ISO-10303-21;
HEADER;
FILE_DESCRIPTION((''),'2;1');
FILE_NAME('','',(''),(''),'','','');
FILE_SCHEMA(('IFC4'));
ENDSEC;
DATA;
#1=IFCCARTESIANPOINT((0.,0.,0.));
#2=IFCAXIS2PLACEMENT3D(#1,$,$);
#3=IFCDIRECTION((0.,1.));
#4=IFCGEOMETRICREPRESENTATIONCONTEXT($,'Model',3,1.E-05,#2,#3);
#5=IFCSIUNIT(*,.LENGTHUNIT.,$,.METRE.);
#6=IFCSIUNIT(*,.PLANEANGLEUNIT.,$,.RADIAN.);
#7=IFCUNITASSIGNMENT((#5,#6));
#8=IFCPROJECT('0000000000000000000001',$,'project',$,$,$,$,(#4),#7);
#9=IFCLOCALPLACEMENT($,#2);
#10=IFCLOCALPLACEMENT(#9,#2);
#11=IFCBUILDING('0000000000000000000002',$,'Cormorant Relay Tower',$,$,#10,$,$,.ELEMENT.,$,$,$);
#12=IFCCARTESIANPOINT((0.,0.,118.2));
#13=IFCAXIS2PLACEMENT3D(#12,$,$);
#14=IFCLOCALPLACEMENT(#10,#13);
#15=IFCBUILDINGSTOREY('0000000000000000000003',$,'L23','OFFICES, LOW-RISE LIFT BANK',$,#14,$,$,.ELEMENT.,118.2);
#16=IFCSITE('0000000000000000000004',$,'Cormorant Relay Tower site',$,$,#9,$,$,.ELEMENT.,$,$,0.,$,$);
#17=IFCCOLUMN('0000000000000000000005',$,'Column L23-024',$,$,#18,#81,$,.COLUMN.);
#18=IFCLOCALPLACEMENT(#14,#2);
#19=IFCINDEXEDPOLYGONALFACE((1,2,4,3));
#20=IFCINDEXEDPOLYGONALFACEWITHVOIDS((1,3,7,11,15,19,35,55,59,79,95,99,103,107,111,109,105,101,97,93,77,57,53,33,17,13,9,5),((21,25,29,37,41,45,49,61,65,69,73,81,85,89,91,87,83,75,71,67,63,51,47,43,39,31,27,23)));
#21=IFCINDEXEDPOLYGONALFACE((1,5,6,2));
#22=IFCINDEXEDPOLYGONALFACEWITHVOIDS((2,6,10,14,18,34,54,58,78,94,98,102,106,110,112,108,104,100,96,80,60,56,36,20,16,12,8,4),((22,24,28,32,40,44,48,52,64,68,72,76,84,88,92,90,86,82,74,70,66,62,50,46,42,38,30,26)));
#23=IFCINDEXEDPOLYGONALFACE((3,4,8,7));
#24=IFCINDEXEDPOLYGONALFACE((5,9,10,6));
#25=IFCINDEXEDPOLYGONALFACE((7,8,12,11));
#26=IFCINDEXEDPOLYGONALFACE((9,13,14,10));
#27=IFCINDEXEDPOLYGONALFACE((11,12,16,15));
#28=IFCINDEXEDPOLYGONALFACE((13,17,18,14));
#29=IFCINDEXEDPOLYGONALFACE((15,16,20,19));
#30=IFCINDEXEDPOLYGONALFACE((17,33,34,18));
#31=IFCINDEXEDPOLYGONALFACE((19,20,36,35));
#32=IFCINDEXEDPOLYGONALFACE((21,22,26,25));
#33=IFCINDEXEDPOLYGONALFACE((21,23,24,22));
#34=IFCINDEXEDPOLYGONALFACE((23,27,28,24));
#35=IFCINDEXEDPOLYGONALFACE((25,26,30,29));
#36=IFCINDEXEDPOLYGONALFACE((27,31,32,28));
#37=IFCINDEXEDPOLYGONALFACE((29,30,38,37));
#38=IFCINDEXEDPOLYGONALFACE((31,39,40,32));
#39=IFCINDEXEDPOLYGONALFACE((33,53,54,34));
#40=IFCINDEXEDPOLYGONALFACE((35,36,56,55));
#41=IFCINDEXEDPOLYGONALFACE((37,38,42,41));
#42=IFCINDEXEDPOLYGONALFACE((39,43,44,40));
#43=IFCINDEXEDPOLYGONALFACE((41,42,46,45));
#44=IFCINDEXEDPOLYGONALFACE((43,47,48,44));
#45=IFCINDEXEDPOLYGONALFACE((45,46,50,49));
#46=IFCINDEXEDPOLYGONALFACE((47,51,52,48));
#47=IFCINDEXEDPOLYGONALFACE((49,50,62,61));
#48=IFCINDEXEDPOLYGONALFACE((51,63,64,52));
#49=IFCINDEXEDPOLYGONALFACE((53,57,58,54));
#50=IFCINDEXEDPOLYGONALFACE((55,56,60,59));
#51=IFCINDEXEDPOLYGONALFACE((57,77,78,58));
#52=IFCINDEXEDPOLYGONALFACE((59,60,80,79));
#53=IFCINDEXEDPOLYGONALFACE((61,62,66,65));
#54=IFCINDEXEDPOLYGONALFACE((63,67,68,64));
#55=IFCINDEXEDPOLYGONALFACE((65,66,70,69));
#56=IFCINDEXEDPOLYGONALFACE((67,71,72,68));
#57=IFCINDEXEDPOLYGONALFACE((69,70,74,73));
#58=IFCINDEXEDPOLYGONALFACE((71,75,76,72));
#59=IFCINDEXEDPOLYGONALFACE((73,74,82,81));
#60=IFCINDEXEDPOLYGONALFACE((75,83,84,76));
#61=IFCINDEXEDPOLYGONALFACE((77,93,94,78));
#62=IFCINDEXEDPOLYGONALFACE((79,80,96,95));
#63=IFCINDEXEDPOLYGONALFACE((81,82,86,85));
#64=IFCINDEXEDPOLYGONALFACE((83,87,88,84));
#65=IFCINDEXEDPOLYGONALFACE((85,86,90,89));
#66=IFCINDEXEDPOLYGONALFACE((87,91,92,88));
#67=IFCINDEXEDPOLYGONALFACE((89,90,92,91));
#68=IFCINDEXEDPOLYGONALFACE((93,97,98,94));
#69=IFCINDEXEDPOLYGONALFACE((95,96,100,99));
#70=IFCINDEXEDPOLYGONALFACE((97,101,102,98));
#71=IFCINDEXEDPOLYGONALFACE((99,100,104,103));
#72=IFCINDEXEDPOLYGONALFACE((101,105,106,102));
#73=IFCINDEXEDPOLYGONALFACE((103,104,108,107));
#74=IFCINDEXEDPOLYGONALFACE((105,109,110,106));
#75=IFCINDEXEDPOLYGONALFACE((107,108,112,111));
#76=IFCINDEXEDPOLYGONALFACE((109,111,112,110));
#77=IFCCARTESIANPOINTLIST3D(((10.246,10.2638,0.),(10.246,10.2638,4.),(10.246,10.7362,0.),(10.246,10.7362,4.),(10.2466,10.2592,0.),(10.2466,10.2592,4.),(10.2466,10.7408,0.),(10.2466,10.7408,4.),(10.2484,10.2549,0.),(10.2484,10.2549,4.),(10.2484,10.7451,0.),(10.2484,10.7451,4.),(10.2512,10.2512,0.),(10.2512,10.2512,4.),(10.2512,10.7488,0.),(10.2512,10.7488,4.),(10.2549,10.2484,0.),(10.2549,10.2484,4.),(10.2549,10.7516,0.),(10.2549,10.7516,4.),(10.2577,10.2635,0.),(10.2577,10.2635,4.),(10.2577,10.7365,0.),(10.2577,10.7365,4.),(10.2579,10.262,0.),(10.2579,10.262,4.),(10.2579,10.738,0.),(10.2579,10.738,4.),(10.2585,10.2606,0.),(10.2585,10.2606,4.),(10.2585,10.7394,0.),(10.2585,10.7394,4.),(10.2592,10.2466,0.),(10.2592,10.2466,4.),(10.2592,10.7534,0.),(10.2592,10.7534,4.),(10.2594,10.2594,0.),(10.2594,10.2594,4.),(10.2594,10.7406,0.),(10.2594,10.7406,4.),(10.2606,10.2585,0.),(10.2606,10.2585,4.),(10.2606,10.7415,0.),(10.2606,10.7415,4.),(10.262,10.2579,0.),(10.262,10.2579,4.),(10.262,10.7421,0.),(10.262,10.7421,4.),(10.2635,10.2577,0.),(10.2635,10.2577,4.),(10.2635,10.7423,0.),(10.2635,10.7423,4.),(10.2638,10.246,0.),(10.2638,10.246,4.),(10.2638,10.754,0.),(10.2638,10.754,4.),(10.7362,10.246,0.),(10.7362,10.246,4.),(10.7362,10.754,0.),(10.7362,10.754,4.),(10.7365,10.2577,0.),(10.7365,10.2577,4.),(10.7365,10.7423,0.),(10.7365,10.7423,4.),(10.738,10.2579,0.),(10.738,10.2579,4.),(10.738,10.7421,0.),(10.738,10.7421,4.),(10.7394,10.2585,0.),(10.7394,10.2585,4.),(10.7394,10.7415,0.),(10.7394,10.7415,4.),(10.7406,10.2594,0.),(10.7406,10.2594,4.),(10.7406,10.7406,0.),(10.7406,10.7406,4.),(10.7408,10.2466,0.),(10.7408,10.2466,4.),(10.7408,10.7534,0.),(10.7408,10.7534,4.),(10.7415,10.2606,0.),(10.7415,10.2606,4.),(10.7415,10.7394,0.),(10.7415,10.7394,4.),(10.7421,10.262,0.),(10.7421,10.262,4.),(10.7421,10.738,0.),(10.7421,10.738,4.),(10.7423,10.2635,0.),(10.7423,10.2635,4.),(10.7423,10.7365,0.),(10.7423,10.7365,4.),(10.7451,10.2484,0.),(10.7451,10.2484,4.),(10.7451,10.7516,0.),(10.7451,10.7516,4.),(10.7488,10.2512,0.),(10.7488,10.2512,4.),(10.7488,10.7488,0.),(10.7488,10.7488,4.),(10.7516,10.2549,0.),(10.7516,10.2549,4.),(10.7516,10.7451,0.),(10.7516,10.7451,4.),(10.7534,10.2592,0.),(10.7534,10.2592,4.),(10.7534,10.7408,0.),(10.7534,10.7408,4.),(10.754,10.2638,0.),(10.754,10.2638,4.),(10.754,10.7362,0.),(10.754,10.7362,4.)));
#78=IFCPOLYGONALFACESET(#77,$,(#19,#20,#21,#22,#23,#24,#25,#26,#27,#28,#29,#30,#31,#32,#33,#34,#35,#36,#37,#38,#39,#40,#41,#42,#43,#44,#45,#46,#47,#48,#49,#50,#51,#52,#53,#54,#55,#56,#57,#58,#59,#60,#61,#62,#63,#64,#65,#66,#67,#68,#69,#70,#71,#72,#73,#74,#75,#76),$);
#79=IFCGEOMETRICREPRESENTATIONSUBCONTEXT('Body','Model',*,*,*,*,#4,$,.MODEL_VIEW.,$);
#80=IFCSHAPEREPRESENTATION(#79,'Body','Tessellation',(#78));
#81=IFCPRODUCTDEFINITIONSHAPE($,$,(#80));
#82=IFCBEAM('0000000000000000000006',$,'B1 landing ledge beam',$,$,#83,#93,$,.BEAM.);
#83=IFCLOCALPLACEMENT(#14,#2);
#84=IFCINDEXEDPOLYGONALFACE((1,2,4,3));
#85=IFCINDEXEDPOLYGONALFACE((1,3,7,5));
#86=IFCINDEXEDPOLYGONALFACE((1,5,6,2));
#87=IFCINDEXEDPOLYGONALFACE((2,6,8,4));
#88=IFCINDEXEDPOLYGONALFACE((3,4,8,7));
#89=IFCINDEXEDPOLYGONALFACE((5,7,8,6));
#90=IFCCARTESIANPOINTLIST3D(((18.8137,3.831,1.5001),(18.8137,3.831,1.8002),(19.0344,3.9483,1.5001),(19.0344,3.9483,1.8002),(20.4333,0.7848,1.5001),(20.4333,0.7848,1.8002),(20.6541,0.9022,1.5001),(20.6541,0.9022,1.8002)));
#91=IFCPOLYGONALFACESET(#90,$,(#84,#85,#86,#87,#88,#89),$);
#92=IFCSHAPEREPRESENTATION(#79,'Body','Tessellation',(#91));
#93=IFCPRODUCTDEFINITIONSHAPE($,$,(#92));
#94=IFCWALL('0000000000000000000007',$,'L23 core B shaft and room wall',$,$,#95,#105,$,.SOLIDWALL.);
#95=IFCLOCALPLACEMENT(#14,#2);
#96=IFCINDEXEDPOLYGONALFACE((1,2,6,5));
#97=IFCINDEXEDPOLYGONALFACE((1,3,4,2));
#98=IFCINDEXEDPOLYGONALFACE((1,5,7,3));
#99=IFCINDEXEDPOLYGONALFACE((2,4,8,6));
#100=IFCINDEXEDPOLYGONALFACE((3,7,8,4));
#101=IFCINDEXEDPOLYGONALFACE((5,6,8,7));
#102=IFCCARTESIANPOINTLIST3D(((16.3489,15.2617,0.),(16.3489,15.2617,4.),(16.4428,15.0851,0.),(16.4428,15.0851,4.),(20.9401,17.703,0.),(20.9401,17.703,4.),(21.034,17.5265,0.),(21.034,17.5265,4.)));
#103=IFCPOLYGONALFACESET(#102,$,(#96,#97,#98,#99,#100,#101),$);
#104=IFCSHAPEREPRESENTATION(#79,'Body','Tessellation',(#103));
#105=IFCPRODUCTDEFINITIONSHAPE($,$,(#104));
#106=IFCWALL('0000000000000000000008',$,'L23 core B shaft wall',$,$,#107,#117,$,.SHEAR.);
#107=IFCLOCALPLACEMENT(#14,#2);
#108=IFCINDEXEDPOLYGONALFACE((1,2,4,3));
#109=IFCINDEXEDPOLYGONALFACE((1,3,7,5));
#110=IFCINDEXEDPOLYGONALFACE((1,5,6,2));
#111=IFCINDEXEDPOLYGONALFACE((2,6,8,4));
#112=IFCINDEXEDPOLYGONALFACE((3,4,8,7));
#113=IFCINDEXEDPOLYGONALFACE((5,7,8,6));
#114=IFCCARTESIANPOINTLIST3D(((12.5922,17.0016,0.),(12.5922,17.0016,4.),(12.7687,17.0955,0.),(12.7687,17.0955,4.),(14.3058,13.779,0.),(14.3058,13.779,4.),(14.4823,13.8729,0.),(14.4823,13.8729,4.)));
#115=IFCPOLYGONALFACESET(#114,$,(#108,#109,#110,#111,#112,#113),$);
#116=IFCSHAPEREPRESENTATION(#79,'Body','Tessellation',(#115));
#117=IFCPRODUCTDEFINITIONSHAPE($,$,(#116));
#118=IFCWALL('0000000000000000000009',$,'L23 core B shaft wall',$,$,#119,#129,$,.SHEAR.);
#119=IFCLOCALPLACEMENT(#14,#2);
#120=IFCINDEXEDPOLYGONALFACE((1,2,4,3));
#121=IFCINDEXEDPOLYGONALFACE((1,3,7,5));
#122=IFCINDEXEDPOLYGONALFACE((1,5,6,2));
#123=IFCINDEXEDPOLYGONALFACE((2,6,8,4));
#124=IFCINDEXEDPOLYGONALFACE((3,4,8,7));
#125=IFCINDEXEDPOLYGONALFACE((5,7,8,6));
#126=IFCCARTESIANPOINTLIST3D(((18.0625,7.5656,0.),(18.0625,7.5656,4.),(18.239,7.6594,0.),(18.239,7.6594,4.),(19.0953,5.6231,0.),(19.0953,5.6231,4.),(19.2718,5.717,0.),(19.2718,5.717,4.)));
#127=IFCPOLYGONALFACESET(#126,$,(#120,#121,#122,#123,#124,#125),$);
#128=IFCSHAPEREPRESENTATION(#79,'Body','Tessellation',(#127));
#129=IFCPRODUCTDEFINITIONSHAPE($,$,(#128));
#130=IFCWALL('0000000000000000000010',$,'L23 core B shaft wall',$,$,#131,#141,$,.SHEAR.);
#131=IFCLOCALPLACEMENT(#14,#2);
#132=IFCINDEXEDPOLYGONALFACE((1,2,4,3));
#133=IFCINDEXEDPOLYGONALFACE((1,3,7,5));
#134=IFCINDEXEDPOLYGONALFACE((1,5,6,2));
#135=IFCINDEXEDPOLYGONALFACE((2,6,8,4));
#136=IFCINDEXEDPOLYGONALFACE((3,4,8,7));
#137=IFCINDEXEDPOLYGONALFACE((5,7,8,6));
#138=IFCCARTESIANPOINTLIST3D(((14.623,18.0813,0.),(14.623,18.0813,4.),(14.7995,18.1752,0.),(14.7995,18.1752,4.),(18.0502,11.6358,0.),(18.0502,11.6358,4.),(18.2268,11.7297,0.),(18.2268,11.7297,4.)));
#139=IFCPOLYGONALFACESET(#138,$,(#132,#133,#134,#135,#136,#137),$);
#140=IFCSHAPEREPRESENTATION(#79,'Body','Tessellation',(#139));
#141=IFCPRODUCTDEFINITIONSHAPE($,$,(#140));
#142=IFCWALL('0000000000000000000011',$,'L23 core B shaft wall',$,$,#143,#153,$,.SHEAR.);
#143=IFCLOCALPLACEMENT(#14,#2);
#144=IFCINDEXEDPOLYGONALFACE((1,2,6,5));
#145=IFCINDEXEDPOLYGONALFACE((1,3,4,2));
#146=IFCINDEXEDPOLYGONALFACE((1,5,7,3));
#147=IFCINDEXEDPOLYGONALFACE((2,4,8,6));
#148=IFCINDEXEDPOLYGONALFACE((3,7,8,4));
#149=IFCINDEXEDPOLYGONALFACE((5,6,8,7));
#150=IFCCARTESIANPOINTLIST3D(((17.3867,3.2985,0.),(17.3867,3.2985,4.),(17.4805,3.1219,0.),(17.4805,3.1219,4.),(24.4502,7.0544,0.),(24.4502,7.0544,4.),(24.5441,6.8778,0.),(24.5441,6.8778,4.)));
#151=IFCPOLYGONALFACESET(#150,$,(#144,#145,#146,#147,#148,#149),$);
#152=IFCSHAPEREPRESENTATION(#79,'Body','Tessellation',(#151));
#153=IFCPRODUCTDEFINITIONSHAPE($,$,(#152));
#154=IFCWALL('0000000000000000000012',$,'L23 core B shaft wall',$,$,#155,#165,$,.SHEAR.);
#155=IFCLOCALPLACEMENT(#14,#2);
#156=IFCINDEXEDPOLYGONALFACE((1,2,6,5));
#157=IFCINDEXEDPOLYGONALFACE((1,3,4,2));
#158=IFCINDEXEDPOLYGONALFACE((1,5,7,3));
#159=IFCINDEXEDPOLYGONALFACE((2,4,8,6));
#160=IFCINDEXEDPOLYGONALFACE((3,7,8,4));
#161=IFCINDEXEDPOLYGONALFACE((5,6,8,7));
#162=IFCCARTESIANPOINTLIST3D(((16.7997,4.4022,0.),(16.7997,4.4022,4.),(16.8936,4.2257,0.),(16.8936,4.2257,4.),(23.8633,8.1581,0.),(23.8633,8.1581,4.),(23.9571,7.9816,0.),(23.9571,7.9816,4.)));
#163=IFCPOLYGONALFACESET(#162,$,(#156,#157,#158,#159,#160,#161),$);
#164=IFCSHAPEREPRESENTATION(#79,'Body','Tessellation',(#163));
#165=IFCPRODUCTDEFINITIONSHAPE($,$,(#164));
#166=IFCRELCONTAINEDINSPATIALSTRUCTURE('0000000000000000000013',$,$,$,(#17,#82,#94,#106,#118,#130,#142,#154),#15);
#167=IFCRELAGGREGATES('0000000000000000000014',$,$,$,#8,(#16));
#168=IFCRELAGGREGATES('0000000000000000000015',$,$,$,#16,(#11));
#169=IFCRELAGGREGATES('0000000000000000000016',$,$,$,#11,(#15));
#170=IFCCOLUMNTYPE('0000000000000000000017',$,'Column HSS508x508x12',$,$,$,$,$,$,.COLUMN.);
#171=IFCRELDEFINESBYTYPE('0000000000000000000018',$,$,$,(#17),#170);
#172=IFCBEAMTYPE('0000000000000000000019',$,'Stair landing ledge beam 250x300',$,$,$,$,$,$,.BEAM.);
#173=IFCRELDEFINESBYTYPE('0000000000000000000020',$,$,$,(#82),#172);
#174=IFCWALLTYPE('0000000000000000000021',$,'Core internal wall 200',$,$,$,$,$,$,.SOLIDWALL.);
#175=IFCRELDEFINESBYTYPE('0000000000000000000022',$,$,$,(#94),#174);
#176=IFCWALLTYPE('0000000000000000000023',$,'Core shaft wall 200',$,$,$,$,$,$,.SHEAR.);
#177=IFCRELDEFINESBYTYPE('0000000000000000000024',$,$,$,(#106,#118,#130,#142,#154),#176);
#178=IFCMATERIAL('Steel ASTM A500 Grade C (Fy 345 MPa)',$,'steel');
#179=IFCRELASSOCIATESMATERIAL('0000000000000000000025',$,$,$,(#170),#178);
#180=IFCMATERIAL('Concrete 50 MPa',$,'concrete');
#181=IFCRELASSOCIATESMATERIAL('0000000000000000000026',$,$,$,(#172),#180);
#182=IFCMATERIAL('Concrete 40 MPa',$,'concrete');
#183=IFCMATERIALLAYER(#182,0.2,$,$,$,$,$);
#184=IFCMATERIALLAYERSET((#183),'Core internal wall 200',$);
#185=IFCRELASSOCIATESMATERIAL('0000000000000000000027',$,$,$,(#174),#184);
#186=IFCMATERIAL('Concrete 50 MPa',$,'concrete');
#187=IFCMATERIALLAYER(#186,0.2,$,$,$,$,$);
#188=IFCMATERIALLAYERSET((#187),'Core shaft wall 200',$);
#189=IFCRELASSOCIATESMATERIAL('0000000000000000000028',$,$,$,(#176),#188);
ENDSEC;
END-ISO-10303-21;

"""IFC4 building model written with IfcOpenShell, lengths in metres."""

from ifc_helpers import new_model, si_unit, direction, frame, frame_2d, origin, origin_2d, place, context, subcontext, project, spatial, rectangle, hollow_rectangle, extrude, material, layer, layer_set, material_profile, profile_set, type_object, element, save


model = new_model("IFC4")

# Units and contexts
model_context = context("Model", 3, precision=1e-05, world=origin(), true_north=direction((0.0, 1.0)))
body_context = subcontext(model_context, "Body", "Model", "MODEL_VIEW")
ifc_project = project(units=[si_unit("LENGTHUNIT", "METRE"), si_unit("PLANEANGLEUNIT", "RADIAN")], contexts=[model_context])

# Site, building, storey
site_placement = place(None, origin())
site = spatial("IfcSite", under=ifc_project, at=site_placement, Name="Cormorant Relay Tower site", CompositionType="ELEMENT", RefElevation=0.0)
building_placement = place(site_placement, origin())
building = spatial("IfcBuilding", under=site, at=building_placement, Name="Cormorant Relay Tower", CompositionType="ELEMENT")
storey_placement = place(building_placement, frame((0.0, 0.0, 118.2)))
storey = spatial("IfcBuildingStorey", under=building, at=storey_placement, Name="L23", Description="OFFICES, LOW-RISE LIFT BANK", CompositionType="ELEMENT", Elevation=118.2)

# Column
ifc_material_1 = material(Name="Steel ASTM A500 Grade C (Fy 345 MPa)", Category="steel")
ifc_material_profile_1 = material_profile(ifc_material_1, hollow_rectangle(XDim=0.5081, YDim=0.5081, WallThickness=0.0117, InnerFilletRadius=0.0059, OuterFilletRadius=0.0178, at=origin_2d()), Name="HSS508x508x12")
ifc_profile_set_1 = profile_set([ifc_material_profile_1], Name="Steel ASTM A500 Grade C (Fy 345 MPa)")
column_type = type_object("IfcColumnType", Name="Column HSS508x508x12", PredefinedType="COLUMN", material=ifc_profile_set_1)
column_placement = place(storey_placement, frame((10.5, 10.5, 0.0), z_axis=(0.0, 0.0, 1.0), x_axis=(1.0, 0.0, 0.0)))
element("IfcColumn", 1, at=column_placement, inside=storey, type_object=column_type, Name="Column L23-024", PredefinedType="COLUMN", context=body_context, shape_type="SweptSolid", body=[
    extrude(hollow_rectangle(XDim=0.5081, YDim=0.5081, WallThickness=0.0117, InnerFilletRadius=0.0059, OuterFilletRadius=0.0178, at=origin_2d()), origin(), (0.0, 0.0, 1.0), 4.0),
])

# Beam
ifc_material_2 = material(Name="Concrete 50 MPa", Category="concrete")
ifc_material_profile_2 = material_profile(ifc_material_2, rectangle(XDim=0.25, YDim=0.3, at=origin_2d()), Name="RC 250x300")
ifc_profile_set_2 = profile_set([ifc_material_profile_2], Name="Concrete 50 MPa")
beam_type = type_object("IfcBeamType", Name="Stair landing ledge beam 250x300", PredefinedType="BEAM", material=ifc_profile_set_2)
beam_placement = place(storey_placement, frame((18.9241, 3.8896, 1.6501), z_axis=(0.469464, -0.882952, 0.0), x_axis=(0.882952, 0.469464, 0.0)))
element("IfcBeam", 2, at=beam_placement, inside=storey, type_object=beam_type, Name="B1 landing ledge beam", PredefinedType="BEAM", context=body_context, shape_type="SweptSolid", body=[
    extrude(rectangle(XDim=0.25, YDim=0.3, at=origin_2d()), origin(), (0.0, 0.0, 1.0), 3.45),
])

# Walls
ifc_material_3 = material(Name="Concrete 40 MPa", Category="concrete")
ifc_layer_1 = layer(ifc_material_3, 0.2)
ifc_layer_set_1 = layer_set([ifc_layer_1], Name="Core internal wall 200")
wall_type_1 = type_object("IfcWallType", Name="Core internal wall 200", PredefinedType="SOLIDWALL", material=ifc_layer_set_1)
wall_1_placement = place(storey_placement, frame((16.3958, 15.1733, 0.0), z_axis=(0.0, 0.0, 1.0), x_axis=(0.882935, 0.469496, 0.0)))
element("IfcWall", 3, at=wall_1_placement, inside=storey, type_object=wall_type_1, Name="L23 core B shaft and room wall", PredefinedType="SOLIDWALL", context=body_context, shape_type="SweptSolid", body=[
    extrude(rectangle(XDim=5.2, YDim=0.2, at=frame_2d((2.6001, 0.0))), origin(), (0.0, 0.0, 1.0), 4.0),
])
ifc_material_4 = material(Name="Concrete 50 MPa", Category="concrete")
ifc_layer_2 = layer(ifc_material_4, 0.2)
ifc_layer_set_2 = layer_set([ifc_layer_2], Name="Core shaft wall 200")
wall_type_2 = type_object("IfcWallType", Name="Core shaft wall 200", PredefinedType="SHEAR", material=ifc_layer_set_2)
wall_2_placement = place(storey_placement, frame((14.394, 13.8259, 0.0), z_axis=(0.0, 0.0, 1.0), x_axis=(-0.469494, 0.882936, 0.0)))
element("IfcWall", 4, at=wall_2_placement, inside=storey, type_object=wall_type_2, Name="L23 core B shaft wall", PredefinedType="SHEAR", context=body_context, shape_type="SweptSolid", body=[
    extrude(rectangle(XDim=3.6499, YDim=0.2, at=frame_2d((1.825, 0.0))), origin(), (0.0, 0.0, 1.0), 4.0),
])
wall_3_placement = place(storey_placement, frame((19.1836, 5.6699, 0.0), z_axis=(0.0, 0.0, 1.0), x_axis=(-0.469447, 0.88296, 0.0)))
element("IfcWall", 5, at=wall_3_placement, inside=storey, type_object=wall_type_2, Name="L23 core B shaft wall", PredefinedType="SHEAR", context=body_context, shape_type="SweptSolid", body=[
    extrude(rectangle(XDim=2.2, YDim=0.2, at=frame_2d((1.1001, 0.0))), origin(), (0.0, 0.0, 1.0), 4.0),
])
wall_4_placement = place(storey_placement, frame((18.1384, 11.6829, 0.0), z_axis=(0.0, 0.0, 1.0), x_axis=(-0.46948, 0.882943, 0.0)))
element("IfcWall", 6, at=wall_4_placement, inside=storey, type_object=wall_type_2, Name="L23 core B shaft wall", PredefinedType="SHEAR", context=body_context, shape_type="SweptSolid", body=[
    extrude(rectangle(XDim=7.3, YDim=0.2, at=frame_2d((3.6499, 0.0))), origin(), (0.0, 0.0, 1.0), 4.0),
])
for number, where, z_axis, x_axis, name in (
    (7, (17.4336, 3.2102, 0.0), (0.0, 0.0, 1.0), (0.88294, 0.469485, 0.0), "L23 core B shaft wall"),
    (8, (16.8467, 4.314, 0.0), (0.0, 0.0, 1.0), (0.88294, 0.469485, 0.0), "L23 core B shaft wall"),
):
    element("IfcWall", number, at=place(storey_placement, frame(where, z_axis=z_axis, x_axis=x_axis)), inside=storey, type_object=wall_type_2, Name=name, PredefinedType="SHEAR", context=body_context, shape_type="SweptSolid", body=[
        extrude(rectangle(XDim=8.0, YDim=0.2, at=frame_2d((4.0, 0.0))), origin(), (0.0, 0.0, 1.0), 4.0),
    ])

save(model, "model.ifc")
